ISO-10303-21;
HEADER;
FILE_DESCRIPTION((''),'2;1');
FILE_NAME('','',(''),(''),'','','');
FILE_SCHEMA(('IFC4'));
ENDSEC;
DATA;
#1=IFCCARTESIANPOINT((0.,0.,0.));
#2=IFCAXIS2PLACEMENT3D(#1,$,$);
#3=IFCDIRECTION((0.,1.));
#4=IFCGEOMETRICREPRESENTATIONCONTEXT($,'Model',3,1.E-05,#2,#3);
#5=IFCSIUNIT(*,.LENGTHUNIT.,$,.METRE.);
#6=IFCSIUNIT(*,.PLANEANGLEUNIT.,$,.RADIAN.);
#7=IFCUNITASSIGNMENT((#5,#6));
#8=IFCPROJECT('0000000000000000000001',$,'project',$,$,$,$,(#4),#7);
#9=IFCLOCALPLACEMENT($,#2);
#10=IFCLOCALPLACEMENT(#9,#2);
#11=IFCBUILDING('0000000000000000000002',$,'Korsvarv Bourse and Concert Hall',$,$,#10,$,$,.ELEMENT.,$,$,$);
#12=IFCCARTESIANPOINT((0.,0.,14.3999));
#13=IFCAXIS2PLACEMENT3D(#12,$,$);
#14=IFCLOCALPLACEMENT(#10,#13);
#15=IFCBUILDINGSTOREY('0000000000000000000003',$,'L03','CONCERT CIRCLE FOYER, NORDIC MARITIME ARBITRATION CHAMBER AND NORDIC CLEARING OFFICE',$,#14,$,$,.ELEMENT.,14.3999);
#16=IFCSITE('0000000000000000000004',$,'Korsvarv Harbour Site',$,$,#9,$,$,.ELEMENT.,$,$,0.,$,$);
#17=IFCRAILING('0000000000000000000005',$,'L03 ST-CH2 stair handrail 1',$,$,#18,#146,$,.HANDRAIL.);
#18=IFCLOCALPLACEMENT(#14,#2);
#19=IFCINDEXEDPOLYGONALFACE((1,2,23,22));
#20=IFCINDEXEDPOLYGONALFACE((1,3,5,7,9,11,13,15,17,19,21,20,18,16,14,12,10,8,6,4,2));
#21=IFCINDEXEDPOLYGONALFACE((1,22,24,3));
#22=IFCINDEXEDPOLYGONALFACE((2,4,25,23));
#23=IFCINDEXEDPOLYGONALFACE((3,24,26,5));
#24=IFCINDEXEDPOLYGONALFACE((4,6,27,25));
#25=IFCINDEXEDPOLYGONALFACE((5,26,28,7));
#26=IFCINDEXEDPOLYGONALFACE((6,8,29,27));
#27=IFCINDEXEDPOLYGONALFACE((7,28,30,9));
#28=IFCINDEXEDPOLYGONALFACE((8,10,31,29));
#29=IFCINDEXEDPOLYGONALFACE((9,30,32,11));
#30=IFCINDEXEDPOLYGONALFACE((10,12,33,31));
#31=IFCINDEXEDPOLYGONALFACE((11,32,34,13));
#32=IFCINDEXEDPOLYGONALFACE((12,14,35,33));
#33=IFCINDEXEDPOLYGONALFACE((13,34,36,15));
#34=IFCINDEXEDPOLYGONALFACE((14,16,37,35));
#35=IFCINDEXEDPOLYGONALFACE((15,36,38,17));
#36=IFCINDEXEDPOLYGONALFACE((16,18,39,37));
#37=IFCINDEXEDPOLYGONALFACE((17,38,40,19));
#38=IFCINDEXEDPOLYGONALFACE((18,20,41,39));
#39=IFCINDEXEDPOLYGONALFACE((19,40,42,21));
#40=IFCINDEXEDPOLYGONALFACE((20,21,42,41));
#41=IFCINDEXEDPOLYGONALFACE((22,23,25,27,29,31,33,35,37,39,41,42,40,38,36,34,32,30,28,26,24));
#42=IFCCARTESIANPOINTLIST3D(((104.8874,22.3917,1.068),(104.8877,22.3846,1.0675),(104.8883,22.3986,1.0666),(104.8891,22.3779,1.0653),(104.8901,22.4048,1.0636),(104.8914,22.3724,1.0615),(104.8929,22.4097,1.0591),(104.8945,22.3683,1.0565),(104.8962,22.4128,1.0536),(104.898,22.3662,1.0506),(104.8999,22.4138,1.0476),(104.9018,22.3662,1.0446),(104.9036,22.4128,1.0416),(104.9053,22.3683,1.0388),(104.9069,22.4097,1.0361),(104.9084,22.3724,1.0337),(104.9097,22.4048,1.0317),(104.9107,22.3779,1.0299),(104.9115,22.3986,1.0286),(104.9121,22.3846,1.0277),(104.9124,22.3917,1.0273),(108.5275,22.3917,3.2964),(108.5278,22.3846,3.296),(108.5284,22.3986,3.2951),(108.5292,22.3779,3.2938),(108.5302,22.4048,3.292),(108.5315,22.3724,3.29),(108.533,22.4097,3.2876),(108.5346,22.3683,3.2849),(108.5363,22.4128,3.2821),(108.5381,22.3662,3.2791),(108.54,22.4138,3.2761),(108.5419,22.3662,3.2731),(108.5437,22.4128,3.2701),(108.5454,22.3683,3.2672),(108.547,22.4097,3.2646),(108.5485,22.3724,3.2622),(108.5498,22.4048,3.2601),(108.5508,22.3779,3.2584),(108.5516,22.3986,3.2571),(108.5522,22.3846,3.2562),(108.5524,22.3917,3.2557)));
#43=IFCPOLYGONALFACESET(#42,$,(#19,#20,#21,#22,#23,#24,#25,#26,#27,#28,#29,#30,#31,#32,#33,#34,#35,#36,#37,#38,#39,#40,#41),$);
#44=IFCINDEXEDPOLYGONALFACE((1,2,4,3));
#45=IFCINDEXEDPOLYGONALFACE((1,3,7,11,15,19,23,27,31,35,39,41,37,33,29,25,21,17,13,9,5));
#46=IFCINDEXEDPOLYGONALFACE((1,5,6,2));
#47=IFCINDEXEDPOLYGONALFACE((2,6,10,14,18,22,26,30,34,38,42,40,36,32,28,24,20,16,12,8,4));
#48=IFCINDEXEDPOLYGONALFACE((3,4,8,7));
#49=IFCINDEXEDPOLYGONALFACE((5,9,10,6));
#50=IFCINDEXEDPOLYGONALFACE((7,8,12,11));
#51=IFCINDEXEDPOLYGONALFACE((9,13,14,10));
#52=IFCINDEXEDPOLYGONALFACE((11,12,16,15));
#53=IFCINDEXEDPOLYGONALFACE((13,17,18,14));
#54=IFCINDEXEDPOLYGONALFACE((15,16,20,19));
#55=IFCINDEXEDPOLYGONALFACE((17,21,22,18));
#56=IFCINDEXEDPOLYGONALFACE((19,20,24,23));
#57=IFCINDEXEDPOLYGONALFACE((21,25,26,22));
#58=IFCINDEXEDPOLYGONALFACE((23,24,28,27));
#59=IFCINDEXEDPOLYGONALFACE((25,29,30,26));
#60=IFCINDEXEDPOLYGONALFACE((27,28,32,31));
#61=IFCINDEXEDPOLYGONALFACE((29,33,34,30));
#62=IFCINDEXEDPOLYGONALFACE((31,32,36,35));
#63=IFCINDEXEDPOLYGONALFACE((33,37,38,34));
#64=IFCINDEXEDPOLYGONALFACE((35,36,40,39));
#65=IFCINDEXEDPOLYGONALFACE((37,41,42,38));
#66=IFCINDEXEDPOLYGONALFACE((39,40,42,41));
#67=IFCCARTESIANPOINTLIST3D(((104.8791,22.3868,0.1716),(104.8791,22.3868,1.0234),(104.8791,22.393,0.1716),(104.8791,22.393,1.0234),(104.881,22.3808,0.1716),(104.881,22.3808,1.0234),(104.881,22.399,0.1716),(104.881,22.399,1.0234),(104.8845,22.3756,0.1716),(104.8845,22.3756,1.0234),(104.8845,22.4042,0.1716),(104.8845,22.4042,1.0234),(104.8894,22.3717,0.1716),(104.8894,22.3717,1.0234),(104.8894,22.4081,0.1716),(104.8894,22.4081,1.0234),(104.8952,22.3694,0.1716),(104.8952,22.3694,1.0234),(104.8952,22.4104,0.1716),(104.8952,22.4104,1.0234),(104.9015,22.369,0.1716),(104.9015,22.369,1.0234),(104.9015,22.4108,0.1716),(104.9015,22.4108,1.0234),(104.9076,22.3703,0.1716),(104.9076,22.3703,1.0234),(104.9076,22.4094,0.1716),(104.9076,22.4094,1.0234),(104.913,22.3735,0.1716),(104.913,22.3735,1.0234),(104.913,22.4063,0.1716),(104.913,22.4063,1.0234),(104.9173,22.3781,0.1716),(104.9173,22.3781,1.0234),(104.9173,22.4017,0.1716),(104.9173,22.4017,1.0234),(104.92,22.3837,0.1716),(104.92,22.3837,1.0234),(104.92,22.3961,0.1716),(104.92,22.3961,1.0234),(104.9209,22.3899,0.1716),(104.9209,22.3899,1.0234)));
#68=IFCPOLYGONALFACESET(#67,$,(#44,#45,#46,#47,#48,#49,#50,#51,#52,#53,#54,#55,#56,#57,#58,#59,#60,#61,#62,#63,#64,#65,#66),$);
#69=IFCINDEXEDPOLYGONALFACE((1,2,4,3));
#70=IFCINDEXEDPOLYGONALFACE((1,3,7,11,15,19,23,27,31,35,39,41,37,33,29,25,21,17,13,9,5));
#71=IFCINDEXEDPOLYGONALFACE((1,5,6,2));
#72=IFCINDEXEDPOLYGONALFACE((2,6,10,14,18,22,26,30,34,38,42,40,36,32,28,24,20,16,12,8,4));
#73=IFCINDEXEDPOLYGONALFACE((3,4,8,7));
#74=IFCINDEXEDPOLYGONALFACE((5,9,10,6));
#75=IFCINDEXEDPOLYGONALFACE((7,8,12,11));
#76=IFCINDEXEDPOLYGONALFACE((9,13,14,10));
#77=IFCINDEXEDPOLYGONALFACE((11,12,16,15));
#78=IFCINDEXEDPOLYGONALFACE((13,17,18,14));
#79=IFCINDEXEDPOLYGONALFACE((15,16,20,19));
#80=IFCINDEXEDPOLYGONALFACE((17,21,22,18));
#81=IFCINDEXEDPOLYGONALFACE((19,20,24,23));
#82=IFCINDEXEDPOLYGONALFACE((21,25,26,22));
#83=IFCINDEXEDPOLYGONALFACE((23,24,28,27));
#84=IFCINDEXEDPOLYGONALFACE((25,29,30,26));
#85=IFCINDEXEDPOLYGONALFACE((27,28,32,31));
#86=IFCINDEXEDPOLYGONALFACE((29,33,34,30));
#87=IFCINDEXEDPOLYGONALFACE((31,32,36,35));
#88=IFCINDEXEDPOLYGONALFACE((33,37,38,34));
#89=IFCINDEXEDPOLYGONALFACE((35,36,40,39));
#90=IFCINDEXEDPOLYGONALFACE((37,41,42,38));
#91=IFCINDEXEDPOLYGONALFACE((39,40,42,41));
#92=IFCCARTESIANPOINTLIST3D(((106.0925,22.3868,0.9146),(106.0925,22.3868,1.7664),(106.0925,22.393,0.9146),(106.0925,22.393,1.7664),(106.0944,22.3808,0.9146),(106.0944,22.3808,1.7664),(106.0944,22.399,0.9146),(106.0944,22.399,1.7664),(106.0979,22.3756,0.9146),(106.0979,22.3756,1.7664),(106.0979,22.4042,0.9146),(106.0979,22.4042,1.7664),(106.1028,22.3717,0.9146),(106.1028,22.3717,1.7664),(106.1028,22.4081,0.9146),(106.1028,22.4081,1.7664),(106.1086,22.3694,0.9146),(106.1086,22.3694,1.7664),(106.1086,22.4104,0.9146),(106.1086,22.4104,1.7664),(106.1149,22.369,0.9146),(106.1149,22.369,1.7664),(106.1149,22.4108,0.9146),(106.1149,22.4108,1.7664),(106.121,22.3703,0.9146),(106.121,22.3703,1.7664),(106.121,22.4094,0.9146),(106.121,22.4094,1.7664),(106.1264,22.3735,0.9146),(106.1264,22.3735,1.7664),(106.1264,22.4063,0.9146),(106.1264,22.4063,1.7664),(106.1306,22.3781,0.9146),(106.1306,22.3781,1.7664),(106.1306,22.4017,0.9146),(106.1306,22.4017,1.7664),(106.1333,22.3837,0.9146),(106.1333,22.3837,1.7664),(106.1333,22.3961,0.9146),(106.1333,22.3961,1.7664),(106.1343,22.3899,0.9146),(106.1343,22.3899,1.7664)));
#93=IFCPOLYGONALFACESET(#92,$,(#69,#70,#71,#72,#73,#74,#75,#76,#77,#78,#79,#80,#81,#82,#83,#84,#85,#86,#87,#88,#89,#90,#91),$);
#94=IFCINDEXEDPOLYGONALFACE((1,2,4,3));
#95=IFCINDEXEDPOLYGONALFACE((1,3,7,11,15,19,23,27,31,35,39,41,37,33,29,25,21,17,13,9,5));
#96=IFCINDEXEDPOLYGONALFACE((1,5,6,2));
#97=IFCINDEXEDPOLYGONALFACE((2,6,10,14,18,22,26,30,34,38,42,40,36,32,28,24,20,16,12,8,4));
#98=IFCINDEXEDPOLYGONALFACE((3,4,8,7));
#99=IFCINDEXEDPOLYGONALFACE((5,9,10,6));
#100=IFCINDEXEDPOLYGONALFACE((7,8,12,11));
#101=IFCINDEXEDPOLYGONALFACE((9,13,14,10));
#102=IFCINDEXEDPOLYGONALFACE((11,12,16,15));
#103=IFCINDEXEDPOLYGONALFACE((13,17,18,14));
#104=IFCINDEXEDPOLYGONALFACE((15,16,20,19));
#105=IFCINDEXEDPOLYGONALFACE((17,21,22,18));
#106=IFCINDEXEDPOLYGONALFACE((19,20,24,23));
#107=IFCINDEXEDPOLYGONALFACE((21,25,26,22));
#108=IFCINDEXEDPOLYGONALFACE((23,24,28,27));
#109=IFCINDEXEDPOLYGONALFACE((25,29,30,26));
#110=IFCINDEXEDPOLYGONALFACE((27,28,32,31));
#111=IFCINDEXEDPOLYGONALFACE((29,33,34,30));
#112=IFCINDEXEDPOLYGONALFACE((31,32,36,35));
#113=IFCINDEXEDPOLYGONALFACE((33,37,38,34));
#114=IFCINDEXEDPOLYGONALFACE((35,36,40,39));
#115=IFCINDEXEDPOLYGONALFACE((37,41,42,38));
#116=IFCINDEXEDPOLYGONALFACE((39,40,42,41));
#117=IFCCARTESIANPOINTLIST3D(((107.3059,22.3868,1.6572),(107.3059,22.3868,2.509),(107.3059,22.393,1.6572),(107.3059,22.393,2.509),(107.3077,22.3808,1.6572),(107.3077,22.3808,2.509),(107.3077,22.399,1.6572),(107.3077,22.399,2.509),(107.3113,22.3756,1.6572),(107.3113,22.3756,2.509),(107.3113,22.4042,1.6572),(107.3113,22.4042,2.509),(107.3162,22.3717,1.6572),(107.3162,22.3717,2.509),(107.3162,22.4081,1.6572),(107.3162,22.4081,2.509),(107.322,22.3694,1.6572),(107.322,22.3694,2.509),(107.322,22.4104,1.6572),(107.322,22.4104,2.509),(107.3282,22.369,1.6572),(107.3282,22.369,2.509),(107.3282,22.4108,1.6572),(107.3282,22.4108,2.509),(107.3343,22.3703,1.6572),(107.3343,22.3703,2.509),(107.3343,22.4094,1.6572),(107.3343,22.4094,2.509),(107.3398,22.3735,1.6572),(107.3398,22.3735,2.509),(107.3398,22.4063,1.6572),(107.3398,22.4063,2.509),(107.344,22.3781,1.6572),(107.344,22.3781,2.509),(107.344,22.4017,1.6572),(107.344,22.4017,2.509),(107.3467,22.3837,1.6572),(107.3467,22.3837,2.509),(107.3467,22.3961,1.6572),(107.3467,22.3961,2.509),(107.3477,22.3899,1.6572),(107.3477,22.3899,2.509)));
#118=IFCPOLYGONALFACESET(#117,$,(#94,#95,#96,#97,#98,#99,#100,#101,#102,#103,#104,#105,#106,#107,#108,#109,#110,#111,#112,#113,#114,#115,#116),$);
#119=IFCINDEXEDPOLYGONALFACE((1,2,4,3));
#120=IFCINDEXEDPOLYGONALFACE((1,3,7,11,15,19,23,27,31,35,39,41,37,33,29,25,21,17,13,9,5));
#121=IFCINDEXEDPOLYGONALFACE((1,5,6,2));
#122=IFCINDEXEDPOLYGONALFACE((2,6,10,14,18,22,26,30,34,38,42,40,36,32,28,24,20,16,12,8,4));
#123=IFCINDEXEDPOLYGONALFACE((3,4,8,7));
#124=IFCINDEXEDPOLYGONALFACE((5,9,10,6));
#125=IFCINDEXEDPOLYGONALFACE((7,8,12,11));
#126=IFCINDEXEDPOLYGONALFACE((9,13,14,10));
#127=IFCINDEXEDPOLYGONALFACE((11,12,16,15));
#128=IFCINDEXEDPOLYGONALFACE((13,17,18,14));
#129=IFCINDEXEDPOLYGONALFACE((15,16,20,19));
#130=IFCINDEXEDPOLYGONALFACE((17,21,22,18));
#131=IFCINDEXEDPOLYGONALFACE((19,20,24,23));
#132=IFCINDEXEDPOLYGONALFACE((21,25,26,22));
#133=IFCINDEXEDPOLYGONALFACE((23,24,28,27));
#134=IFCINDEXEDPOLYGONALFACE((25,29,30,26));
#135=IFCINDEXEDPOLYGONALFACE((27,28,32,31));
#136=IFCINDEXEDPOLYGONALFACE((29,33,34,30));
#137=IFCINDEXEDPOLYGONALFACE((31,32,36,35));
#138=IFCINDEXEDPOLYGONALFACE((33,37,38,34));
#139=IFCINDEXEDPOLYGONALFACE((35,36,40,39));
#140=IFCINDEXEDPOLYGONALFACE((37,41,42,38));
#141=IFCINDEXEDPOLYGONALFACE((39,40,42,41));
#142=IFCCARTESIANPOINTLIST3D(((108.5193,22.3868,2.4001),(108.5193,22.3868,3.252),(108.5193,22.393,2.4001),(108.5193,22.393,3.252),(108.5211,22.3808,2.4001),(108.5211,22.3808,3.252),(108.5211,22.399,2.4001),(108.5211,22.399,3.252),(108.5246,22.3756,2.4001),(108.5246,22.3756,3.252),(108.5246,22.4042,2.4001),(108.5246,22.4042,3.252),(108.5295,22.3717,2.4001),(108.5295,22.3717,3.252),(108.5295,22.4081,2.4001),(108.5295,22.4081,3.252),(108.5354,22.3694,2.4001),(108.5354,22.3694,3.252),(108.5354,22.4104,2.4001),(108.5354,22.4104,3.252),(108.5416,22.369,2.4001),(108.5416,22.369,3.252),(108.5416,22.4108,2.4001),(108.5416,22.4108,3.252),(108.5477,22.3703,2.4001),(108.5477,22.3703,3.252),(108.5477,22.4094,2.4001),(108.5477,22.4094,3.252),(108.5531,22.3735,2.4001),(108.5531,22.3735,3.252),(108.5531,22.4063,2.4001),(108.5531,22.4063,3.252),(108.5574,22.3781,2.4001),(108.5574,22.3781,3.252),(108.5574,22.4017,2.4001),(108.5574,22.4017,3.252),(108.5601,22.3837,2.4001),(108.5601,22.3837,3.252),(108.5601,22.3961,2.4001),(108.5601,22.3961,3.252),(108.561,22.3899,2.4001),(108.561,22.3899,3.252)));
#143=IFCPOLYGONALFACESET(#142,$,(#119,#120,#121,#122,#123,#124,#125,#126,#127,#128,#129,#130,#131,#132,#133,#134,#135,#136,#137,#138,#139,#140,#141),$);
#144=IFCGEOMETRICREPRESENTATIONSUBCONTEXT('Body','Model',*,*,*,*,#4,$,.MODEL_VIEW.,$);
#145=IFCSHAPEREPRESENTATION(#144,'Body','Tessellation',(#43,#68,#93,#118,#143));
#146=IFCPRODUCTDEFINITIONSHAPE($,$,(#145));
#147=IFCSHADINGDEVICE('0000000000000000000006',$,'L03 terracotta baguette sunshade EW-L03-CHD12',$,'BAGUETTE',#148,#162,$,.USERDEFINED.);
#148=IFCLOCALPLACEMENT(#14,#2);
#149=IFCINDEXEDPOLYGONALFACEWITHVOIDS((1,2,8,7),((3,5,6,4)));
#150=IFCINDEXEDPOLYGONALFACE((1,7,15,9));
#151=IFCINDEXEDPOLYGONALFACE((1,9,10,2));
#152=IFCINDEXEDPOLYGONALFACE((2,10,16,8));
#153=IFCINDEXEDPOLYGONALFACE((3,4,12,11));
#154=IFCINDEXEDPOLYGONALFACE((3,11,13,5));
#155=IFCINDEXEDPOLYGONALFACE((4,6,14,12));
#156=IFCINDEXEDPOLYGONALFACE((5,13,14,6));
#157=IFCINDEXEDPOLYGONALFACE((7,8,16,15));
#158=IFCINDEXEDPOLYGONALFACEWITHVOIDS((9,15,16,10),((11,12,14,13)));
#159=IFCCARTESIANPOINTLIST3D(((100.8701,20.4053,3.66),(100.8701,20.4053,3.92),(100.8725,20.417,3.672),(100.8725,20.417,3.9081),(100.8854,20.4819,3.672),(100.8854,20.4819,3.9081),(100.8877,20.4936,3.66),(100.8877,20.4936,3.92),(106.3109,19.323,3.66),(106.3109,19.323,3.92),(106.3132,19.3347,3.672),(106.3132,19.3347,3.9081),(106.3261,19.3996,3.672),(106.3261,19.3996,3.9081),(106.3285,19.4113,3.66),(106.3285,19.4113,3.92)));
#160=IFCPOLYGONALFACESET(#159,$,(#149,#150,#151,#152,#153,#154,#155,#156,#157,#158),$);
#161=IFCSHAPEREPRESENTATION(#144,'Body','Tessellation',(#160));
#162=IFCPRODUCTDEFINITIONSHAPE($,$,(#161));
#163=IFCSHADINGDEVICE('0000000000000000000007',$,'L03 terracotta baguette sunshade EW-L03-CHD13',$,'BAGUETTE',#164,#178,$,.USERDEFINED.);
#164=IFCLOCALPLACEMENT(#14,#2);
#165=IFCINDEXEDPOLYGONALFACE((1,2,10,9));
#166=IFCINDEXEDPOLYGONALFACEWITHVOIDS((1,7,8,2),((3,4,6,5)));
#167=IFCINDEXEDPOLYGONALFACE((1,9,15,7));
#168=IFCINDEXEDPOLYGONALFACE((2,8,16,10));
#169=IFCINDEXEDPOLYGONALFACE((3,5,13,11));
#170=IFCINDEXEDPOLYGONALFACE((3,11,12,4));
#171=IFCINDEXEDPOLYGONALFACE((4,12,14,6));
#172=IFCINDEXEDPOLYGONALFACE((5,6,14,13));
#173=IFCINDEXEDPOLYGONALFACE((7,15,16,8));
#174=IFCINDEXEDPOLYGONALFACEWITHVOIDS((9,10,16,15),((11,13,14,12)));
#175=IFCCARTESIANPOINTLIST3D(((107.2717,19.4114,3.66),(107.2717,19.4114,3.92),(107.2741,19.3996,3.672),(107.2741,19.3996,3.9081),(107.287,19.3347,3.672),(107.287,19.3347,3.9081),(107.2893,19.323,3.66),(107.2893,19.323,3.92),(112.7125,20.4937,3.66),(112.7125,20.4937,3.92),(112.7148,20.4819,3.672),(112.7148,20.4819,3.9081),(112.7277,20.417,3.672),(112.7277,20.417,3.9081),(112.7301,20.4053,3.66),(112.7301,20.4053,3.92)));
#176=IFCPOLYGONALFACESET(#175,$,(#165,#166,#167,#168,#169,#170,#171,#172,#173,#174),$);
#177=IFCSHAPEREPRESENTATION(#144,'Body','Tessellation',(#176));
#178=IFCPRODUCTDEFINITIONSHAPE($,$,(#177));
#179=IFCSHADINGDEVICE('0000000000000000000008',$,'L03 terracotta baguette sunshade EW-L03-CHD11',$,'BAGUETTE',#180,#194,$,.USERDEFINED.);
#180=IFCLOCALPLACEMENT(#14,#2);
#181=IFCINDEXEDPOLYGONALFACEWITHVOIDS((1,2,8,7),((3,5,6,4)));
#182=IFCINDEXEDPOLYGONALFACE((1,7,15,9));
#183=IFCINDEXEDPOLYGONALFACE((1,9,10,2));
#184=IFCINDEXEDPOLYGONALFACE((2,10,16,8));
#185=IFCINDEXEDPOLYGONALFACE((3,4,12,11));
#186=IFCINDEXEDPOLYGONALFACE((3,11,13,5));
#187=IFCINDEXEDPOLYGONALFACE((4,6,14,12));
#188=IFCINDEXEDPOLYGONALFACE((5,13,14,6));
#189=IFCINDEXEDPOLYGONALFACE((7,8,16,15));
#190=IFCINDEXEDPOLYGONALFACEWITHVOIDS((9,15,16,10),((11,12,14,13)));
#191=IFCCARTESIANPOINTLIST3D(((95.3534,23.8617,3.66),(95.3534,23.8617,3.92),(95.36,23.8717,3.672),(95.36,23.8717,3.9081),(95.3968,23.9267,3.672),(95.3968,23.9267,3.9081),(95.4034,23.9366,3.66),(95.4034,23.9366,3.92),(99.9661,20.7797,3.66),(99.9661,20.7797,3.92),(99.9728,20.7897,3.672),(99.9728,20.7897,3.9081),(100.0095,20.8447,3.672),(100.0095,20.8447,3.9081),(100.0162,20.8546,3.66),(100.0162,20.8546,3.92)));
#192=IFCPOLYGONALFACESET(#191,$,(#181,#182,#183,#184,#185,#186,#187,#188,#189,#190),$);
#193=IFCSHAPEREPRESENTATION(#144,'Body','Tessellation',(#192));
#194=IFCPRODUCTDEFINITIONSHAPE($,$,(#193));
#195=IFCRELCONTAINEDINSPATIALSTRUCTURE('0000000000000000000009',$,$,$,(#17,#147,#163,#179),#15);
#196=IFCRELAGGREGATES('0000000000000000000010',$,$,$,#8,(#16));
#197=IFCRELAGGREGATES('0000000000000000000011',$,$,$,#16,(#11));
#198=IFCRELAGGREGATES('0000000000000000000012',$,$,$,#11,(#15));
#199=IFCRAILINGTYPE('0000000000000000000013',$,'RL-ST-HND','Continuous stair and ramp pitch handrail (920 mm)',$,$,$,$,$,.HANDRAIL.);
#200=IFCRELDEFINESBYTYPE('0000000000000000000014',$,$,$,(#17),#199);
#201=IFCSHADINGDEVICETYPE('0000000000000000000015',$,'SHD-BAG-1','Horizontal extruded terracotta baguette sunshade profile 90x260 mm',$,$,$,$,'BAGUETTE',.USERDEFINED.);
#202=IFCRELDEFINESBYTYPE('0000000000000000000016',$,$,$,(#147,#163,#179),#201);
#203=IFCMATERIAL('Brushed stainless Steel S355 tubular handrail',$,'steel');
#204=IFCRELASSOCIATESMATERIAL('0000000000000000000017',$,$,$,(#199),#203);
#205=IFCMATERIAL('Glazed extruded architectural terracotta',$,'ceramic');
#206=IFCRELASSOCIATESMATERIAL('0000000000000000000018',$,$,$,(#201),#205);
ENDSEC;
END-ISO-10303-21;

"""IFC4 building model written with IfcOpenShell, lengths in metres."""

from ifc_helpers import new_model, si_unit, direction, frame, origin, origin_2d, place, context, subcontext, project, spatial, hollow_rectangle, circle, extrude, source, transform, mapped, material, material_profile, profile_set, type_object, element, save


model = new_model("IFC4")

# Units and contexts
model_context = context("Model", 3, precision=1e-05, world=origin(), true_north=direction((0.0, 1.0)))
body_context = subcontext(model_context, "Body", "Model", "MODEL_VIEW")
ifc_project = project(units=[si_unit("LENGTHUNIT", "METRE"), si_unit("PLANEANGLEUNIT", "RADIAN")], contexts=[model_context])

# Site, building, storey
site_placement = place(None, origin())
site = spatial("IfcSite", under=ifc_project, at=site_placement, Name="Korsvarv Harbour Site", CompositionType="ELEMENT", RefElevation=0.0)
building_placement = place(site_placement, origin())
building = spatial("IfcBuilding", under=site, at=building_placement, Name="Korsvarv Bourse and Concert Hall", CompositionType="ELEMENT")
storey_placement = place(building_placement, frame((0.0, 0.0, 14.3999)))
storey = spatial("IfcBuildingStorey", under=building, at=storey_placement, Name="L03", Description="CONCERT CIRCLE FOYER, NORDIC MARITIME ARBITRATION CHAMBER AND NORDIC CLEARING OFFICE", CompositionType="ELEMENT", Elevation=14.3999)

# Railing
ifc_material_1 = material(Name="Brushed stainless Steel S355 tubular handrail", Category="steel")
railing_type_1 = type_object("IfcRailingType", Name="RL-ST-HND", Description="Continuous stair and ramp pitch handrail (920 mm)", PredefinedType="HANDRAIL", material=ifc_material_1)
railing_1_placement = place(storey_placement, frame((104.8999, 22.3899, 0.1716)))
element("IfcRailing", 1, at=railing_1_placement, inside=storey, type_object=railing_type_1, Name="L03 ST-CH2 stair handrail 1", PredefinedType="HANDRAIL", context=body_context, shape_type="SweptSolid", body=[
    extrude(circle(Radius=0.0239, at=origin_2d()), frame((0.0, 0.0, 0.876), z_axis=(0.852866, 0.0, 0.52213), x_axis=(0.0, 1.0, 0.0)), (0.0, 0.0, 1.0), 4.2681),
    extrude(circle(Radius=0.021, at=origin_2d()), origin(), (0.0, 0.0, 1.0), 0.8518),
    extrude(circle(Radius=0.021, at=origin_2d()), frame((1.2134, 0.0, 0.7429)), (0.0, 0.0, 1.0), 0.8518),
    extrude(circle(Radius=0.021, at=origin_2d()), frame((2.4268, 0.0, 1.4856)), (0.0, 0.0, 1.0), 0.8518),
    extrude(circle(Radius=0.021, at=origin_2d()), frame((3.6401, 0.0, 2.2285)), (0.0, 0.0, 1.0), 0.8518),
])

# Shading devices
ifc_material_2 = material(Name="Glazed extruded architectural terracotta", Category="ceramic")
ifc_material_profile_1 = material_profile(ifc_material_2, hollow_rectangle(XDim=0.0901, YDim=0.26, WallThickness=0.012, at=origin_2d()), Name="TC-BAG 90x260")
ifc_profile_set_1 = profile_set([ifc_material_profile_1], Name="Glazed extruded architectural terracotta")
shading_device_type = type_object("IfcShadingDeviceType", Name="SHD-BAG-1", Description="Horizontal extruded terracotta baguette sunshade profile 90x260 mm", ElementType="BAGUETTE", PredefinedType="USERDEFINED", material=ifc_profile_set_1)
shared_shape_1 = source(origin(), body_context, "Body", "SweptSolid", [
    extrude(hollow_rectangle(XDim=0.0901, YDim=0.26, WallThickness=0.012, at=origin_2d()), origin(), (0.0, 0.0, 1.0), 5.5474),
])
for number, where, z_axis, x_axis, name in (
    (2, (100.8789, 20.4495, 3.79), (0.980783, -0.1951, 0.0), (0.1951, 0.980783, 0.0), "L03 terracotta baguette sunshade EW-L03-CHD12"),
    (3, (107.2805, 19.3672, 3.79), (0.980783, 0.1951, 0.0), (-0.1951, 0.980783, 0.0), "L03 terracotta baguette sunshade EW-L03-CHD13"),
):
    element("IfcShadingDevice", number, at=place(storey_placement, frame(where, z_axis=z_axis, x_axis=x_axis)), inside=storey, type_object=shading_device_type, Name=name, ObjectType="BAGUETTE", PredefinedType="USERDEFINED", context=body_context, shape_type="MappedRepresentation", body=[
        mapped(shared_shape_1, transform((0.0, 0.0, 0.0), scale=1.0)),
    ])
shared_shape_2 = source(origin(), body_context, "Body", "SweptSolid", [
    extrude(hollow_rectangle(XDim=0.0901, YDim=0.26, WallThickness=0.012, at=origin_2d()), origin(), (0.0, 0.0, 1.0), 5.5476),
])
shading_device_placement = place(storey_placement, frame((95.3784, 23.8992, 3.79), z_axis=(0.831481, -0.555553, 0.0), x_axis=(0.555553, 0.831481, 0.0)))
element("IfcShadingDevice", 4, at=shading_device_placement, inside=storey, type_object=shading_device_type, Name="L03 terracotta baguette sunshade EW-L03-CHD11", ObjectType="BAGUETTE", PredefinedType="USERDEFINED", context=body_context, shape_type="MappedRepresentation", body=[
    mapped(shared_shape_2, transform((0.0, 0.0, 0.0), scale=1.0)),
])

save(model, "model.ifc")
